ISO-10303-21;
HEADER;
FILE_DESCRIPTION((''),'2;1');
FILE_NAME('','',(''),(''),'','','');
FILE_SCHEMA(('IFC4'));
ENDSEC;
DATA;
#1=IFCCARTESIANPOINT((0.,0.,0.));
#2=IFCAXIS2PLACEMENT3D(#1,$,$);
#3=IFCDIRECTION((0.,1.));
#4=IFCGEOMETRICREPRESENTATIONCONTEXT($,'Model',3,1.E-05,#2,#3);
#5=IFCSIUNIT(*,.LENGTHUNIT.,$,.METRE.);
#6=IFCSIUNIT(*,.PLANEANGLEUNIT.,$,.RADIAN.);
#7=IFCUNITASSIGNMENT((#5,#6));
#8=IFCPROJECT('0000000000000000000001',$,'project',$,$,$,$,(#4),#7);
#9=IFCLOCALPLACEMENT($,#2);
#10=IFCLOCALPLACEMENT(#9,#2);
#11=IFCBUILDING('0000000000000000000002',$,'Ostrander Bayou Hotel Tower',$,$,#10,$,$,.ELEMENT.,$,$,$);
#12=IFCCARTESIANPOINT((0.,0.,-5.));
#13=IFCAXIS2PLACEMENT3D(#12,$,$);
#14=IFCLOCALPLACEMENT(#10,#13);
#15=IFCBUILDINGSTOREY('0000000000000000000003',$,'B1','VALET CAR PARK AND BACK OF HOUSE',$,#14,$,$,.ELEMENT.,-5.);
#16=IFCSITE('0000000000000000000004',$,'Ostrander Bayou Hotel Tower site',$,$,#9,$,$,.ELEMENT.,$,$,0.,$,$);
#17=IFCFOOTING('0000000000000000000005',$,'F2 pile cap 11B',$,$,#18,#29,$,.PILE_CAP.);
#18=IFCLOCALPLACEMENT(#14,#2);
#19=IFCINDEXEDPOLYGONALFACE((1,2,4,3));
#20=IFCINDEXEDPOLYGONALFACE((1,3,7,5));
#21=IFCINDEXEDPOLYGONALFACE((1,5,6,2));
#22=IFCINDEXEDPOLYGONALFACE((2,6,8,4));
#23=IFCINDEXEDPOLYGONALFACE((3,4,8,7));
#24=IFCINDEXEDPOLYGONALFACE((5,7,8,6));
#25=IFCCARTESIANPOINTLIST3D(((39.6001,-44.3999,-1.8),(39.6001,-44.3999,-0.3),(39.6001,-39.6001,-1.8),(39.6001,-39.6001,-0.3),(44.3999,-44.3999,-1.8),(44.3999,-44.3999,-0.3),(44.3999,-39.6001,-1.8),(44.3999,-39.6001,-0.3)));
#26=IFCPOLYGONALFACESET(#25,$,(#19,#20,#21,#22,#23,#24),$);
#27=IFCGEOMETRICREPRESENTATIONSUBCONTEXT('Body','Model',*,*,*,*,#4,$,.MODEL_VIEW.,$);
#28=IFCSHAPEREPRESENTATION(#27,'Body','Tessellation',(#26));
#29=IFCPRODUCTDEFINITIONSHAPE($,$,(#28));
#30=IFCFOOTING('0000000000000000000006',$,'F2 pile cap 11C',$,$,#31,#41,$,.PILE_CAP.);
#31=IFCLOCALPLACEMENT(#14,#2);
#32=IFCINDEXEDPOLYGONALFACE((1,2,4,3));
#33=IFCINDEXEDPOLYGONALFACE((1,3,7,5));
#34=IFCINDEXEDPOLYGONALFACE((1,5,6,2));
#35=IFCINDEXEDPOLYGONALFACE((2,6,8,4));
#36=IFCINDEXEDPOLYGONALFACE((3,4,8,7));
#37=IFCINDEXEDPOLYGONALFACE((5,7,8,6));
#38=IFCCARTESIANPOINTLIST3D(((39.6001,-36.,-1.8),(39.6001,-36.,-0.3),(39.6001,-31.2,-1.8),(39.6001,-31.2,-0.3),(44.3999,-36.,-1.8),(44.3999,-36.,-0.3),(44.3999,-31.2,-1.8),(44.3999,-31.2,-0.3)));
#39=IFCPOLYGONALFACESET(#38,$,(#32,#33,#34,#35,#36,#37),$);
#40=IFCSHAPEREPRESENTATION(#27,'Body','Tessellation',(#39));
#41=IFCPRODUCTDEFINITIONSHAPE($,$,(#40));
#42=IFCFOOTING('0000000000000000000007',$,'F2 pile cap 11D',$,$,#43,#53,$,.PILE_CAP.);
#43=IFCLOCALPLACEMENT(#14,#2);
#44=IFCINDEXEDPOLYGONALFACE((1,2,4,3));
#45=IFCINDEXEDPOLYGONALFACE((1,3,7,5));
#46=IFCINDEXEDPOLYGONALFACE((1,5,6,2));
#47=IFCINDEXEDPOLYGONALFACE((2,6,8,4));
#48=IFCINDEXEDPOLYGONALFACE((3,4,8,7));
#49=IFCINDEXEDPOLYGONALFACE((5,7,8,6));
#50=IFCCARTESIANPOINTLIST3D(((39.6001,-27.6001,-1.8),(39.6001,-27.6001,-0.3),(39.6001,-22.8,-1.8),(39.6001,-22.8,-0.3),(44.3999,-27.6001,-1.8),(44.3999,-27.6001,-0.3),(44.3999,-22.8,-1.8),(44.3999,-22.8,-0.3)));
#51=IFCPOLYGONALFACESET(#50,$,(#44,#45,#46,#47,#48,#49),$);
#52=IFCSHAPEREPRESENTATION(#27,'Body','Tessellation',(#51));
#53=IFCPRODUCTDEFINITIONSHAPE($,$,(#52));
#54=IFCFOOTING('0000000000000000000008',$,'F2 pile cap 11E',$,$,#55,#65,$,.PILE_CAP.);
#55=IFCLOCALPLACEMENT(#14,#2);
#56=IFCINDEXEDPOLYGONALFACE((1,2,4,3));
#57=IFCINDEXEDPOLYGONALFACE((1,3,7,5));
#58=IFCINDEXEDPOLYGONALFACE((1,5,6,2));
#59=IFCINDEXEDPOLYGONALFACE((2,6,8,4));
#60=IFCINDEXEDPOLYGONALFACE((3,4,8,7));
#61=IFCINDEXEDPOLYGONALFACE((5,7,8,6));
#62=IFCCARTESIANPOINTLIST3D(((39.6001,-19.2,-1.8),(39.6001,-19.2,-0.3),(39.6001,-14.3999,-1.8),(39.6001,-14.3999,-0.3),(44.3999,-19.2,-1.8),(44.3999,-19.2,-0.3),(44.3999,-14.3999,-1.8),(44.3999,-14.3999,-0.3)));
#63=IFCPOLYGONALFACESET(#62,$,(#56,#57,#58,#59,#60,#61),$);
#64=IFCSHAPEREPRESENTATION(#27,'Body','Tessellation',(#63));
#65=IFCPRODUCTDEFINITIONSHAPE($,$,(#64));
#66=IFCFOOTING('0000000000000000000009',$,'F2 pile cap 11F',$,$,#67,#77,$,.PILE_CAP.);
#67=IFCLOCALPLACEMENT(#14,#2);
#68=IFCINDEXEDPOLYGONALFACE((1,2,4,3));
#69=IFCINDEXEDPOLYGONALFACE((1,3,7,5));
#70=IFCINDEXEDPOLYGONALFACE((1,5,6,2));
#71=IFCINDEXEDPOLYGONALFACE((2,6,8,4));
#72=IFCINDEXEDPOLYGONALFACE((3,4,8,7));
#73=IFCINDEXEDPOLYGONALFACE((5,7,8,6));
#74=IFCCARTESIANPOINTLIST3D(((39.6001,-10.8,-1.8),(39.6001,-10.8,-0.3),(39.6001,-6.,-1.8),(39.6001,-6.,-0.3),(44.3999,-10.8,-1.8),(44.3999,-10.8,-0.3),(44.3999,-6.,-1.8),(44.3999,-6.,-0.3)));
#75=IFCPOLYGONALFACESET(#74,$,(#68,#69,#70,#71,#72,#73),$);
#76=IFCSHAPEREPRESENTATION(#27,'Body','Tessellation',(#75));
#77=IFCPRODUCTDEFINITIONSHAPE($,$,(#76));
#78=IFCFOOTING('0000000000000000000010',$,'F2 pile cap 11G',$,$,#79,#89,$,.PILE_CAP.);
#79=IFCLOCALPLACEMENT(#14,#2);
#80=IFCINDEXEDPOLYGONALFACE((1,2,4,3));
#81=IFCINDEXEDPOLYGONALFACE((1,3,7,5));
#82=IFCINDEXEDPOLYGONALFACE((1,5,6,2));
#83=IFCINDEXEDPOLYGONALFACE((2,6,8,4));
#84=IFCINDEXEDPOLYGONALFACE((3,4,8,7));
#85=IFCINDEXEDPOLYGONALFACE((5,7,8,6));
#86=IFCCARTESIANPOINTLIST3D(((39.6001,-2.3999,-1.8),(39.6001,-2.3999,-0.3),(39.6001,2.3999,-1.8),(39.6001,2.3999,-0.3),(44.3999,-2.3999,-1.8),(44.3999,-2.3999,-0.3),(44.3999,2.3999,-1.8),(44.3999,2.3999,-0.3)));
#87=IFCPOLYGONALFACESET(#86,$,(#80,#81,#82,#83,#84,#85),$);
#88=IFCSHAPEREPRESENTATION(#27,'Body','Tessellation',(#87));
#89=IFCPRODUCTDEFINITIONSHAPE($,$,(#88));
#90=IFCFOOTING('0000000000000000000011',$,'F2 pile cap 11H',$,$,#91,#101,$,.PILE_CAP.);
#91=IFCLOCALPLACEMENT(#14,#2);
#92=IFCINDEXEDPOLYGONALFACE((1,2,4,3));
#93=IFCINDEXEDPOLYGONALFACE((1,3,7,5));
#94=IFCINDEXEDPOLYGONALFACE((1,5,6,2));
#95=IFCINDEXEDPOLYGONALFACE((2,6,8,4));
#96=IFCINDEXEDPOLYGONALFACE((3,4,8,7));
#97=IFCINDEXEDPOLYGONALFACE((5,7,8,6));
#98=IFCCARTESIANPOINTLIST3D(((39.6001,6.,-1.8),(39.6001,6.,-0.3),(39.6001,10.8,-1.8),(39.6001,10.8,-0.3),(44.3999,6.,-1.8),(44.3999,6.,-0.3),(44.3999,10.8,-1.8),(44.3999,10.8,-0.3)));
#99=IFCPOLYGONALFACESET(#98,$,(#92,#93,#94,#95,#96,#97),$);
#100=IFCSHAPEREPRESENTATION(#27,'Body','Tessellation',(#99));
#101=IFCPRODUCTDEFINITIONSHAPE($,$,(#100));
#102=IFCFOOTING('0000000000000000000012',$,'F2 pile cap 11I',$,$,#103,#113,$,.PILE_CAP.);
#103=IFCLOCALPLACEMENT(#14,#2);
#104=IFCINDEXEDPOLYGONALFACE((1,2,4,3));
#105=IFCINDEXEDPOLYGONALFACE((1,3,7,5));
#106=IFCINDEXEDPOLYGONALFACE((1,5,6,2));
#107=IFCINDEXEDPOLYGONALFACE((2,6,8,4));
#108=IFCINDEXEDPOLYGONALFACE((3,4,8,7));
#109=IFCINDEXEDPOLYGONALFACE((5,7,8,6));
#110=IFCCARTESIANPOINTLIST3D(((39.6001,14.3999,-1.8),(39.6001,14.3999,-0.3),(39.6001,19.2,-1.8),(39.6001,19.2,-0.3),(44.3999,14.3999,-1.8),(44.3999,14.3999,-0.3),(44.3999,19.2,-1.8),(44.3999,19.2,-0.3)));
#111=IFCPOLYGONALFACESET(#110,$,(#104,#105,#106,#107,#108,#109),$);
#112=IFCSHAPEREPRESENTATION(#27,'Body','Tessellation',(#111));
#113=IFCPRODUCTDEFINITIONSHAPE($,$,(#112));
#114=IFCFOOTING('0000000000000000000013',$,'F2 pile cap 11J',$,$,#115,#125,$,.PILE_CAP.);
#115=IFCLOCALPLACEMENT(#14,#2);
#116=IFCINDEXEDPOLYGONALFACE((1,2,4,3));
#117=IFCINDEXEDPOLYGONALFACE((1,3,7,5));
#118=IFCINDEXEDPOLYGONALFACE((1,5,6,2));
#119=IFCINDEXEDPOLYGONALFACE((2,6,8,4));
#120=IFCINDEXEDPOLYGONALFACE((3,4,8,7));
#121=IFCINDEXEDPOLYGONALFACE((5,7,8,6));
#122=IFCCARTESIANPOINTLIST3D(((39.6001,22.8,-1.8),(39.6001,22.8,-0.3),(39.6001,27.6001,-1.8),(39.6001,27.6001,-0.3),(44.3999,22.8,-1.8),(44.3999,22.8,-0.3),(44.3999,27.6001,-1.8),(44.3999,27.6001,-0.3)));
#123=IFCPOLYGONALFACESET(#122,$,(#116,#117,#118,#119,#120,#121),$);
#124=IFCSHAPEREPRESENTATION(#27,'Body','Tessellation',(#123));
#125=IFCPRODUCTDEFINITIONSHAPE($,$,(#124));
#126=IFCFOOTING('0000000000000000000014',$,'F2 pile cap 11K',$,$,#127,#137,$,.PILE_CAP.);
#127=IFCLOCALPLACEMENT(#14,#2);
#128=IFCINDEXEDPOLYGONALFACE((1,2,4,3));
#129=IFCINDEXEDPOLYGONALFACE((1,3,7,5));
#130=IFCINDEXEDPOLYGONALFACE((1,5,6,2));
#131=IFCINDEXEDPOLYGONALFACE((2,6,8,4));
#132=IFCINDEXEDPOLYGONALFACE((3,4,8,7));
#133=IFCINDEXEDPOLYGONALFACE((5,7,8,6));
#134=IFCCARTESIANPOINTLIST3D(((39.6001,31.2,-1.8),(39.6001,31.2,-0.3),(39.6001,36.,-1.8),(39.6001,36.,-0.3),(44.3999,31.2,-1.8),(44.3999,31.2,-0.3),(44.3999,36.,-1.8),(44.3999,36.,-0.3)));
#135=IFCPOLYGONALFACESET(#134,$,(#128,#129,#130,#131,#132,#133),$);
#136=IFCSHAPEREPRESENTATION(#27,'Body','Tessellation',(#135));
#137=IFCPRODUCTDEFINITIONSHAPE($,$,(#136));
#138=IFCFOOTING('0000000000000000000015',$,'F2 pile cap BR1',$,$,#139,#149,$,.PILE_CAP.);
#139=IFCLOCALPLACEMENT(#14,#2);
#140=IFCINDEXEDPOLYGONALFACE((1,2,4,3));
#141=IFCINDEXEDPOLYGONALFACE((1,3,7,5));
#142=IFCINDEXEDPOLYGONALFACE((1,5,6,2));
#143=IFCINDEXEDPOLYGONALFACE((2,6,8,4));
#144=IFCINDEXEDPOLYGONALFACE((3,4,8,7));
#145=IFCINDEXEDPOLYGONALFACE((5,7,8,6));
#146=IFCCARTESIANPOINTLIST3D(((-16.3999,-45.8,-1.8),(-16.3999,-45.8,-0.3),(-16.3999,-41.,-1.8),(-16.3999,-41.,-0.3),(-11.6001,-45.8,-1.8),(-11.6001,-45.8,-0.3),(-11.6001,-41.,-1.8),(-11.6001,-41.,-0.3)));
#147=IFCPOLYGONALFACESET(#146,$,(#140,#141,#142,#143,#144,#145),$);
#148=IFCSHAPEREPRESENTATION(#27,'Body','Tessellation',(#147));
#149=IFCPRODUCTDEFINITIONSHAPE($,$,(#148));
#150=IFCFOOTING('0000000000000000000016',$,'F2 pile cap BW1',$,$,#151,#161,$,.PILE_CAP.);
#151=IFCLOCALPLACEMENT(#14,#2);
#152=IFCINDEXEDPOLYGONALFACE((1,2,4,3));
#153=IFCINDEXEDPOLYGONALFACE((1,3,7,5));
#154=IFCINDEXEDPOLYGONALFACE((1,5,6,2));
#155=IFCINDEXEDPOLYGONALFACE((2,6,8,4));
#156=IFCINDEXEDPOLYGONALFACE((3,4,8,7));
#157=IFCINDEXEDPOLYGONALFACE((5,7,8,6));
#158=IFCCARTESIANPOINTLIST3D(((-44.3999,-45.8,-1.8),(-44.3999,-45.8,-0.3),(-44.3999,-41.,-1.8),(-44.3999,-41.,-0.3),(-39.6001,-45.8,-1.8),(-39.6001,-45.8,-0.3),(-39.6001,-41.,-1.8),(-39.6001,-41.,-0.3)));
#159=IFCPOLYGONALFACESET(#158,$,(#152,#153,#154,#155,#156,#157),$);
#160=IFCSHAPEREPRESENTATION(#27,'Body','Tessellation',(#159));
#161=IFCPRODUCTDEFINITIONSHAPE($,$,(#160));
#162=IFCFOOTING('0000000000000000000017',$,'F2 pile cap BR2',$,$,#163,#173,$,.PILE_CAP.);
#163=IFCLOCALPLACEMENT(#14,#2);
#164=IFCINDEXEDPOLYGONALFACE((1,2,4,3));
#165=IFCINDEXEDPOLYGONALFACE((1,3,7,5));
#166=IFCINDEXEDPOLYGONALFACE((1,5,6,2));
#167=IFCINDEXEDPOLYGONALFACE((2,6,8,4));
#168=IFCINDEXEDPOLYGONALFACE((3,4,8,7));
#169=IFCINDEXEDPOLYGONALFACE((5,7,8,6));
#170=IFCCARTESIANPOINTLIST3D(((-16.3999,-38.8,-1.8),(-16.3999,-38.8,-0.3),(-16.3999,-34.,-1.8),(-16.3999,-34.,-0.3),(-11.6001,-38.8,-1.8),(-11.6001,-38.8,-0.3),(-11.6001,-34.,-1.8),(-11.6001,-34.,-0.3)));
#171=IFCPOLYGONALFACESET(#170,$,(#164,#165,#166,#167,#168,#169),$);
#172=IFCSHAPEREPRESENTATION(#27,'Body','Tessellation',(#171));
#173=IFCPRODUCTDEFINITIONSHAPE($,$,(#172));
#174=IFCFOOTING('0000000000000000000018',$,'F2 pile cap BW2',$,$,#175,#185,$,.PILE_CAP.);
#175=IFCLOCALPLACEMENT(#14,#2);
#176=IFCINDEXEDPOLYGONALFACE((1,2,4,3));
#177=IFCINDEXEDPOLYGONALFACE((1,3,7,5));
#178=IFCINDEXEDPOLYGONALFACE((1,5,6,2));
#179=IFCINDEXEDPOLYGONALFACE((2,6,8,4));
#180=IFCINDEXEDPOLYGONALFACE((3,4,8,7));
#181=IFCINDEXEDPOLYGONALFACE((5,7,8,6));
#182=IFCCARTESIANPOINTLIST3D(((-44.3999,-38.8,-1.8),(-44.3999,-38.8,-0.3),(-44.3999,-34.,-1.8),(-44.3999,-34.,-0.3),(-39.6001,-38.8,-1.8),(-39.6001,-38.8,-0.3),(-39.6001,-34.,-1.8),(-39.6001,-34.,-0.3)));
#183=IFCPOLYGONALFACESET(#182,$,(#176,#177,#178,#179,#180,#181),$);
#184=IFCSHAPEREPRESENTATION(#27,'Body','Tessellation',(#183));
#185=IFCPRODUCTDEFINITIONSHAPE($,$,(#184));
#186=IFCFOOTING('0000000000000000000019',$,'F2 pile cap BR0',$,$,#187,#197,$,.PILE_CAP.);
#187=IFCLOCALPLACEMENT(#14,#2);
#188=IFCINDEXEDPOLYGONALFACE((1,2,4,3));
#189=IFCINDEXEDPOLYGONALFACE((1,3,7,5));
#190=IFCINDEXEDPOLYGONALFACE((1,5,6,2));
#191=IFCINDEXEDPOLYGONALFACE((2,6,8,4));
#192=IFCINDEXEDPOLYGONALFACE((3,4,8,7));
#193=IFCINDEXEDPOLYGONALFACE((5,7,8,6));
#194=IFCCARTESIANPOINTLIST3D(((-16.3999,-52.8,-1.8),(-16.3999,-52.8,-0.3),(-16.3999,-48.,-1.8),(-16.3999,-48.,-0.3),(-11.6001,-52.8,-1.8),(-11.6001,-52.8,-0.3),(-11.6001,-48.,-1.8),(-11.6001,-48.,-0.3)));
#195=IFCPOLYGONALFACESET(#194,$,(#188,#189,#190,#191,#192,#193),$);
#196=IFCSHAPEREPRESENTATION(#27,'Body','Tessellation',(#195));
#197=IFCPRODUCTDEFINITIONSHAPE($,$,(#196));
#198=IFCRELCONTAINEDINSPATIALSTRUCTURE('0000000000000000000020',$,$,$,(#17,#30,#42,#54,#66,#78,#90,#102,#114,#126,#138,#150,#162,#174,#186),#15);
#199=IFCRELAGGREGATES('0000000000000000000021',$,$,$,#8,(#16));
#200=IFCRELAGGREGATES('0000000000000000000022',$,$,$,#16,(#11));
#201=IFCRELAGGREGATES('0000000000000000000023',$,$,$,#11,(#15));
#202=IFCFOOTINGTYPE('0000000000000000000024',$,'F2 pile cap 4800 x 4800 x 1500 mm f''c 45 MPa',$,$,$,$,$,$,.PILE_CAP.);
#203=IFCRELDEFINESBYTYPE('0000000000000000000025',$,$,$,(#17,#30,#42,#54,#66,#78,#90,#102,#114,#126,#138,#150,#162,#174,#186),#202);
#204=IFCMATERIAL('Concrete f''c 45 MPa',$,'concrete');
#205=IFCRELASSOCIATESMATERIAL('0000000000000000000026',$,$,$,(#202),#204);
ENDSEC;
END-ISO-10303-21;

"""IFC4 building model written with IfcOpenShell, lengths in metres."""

from ifc_helpers import new_model, si_unit, direction, frame, origin, place, context, subcontext, project, spatial, polyline, outline, extrude, material, type_object, element, save


model = new_model("IFC4")

# Units and contexts
model_context = context("Model", 3, precision=1e-05, world=origin(), true_north=direction((0.0, 1.0)))
body_context = subcontext(model_context, "Body", "Model", "MODEL_VIEW")
ifc_project = project(units=[si_unit("LENGTHUNIT", "METRE"), si_unit("PLANEANGLEUNIT", "RADIAN")], contexts=[model_context])

# Site, building, storey
site_placement = place(None, origin())
site = spatial("IfcSite", under=ifc_project, at=site_placement, Name="Ostrander Bayou Hotel Tower site", CompositionType="ELEMENT", RefElevation=0.0)
building_placement = place(site_placement, origin())
building = spatial("IfcBuilding", under=site, at=building_placement, Name="Ostrander Bayou Hotel Tower", CompositionType="ELEMENT")
storey_placement = place(building_placement, frame((0.0, 0.0, -5.0)))
storey = spatial("IfcBuildingStorey", under=building, at=storey_placement, Name="B1", Description="VALET CAR PARK AND BACK OF HOUSE", CompositionType="ELEMENT", Elevation=-5.0)

# Footings
ifc_material_1 = material(Name="Concrete f'c 45 MPa", Category="concrete")
footing_type_1 = type_object("IfcFootingType", Name="F2 pile cap 4800 x 4800 x 1500 mm f'c 45 MPa", PredefinedType="PILE_CAP", material=ifc_material_1)
footing_1_placement = place(storey_placement, frame((0.0, 0.0, -1.8)))
element("IfcFooting", 1, at=footing_1_placement, inside=storey, type_object=footing_type_1, Name="F2 pile cap 11B", PredefinedType="PILE_CAP", context=body_context, shape_type="SweptSolid", body=[
    extrude(outline(polyline([(44.3999, -44.3999), (44.3999, -39.6001), (39.6001, -39.6001), (39.6001, -44.3999), (44.3999, -44.3999)])), origin(), (0.0, 0.0, 1.0), 1.5),
])
footing_2_placement = place(storey_placement, frame((0.0, 0.0, -1.8)))
element("IfcFooting", 2, at=footing_2_placement, inside=storey, type_object=footing_type_1, Name="F2 pile cap 11C", PredefinedType="PILE_CAP", context=body_context, shape_type="SweptSolid", body=[
    extrude(outline(polyline([(44.3999, -36.0), (44.3999, -31.2), (39.6001, -31.2), (39.6001, -36.0), (44.3999, -36.0)])), origin(), (0.0, 0.0, 1.0), 1.5),
])
footing_3_placement = place(storey_placement, frame((0.0, 0.0, -1.8)))
element("IfcFooting", 3, at=footing_3_placement, inside=storey, type_object=footing_type_1, Name="F2 pile cap 11D", PredefinedType="PILE_CAP", context=body_context, shape_type="SweptSolid", body=[
    extrude(outline(polyline([(44.3999, -27.6001), (44.3999, -22.8), (39.6001, -22.8), (39.6001, -27.6001), (44.3999, -27.6001)])), origin(), (0.0, 0.0, 1.0), 1.5),
])
footing_4_placement = place(storey_placement, frame((0.0, 0.0, -1.8)))
element("IfcFooting", 4, at=footing_4_placement, inside=storey, type_object=footing_type_1, Name="F2 pile cap 11E", PredefinedType="PILE_CAP", context=body_context, shape_type="SweptSolid", body=[
    extrude(outline(polyline([(44.3999, -19.2), (44.3999, -14.3999), (39.6001, -14.3999), (39.6001, -19.2), (44.3999, -19.2)])), origin(), (0.0, 0.0, 1.0), 1.5),
])
footing_5_placement = place(storey_placement, frame((0.0, 0.0, -1.8)))
element("IfcFooting", 5, at=footing_5_placement, inside=storey, type_object=footing_type_1, Name="F2 pile cap 11F", PredefinedType="PILE_CAP", context=body_context, shape_type="SweptSolid", body=[
    extrude(outline(polyline([(44.3999, -10.8), (44.3999, -6.0), (39.6001, -6.0), (39.6001, -10.8), (44.3999, -10.8)])), origin(), (0.0, 0.0, 1.0), 1.5),
])
footing_6_placement = place(storey_placement, frame((0.0, 0.0, -1.8)))
element("IfcFooting", 6, at=footing_6_placement, inside=storey, type_object=footing_type_1, Name="F2 pile cap 11G", PredefinedType="PILE_CAP", context=body_context, shape_type="SweptSolid", body=[
    extrude(outline(polyline([(44.3999, -2.3999), (44.3999, 2.3999), (39.6001, 2.3999), (39.6001, -2.3999), (44.3999, -2.3999)])), origin(), (0.0, 0.0, 1.0), 1.5),
])
footing_7_placement = place(storey_placement, frame((0.0, 0.0, -1.8)))
element("IfcFooting", 7, at=footing_7_placement, inside=storey, type_object=footing_type_1, Name="F2 pile cap 11H", PredefinedType="PILE_CAP", context=body_context, shape_type="SweptSolid", body=[
    extrude(outline(polyline([(44.3999, 6.0), (44.3999, 10.8), (39.6001, 10.8), (39.6001, 6.0), (44.3999, 6.0)])), origin(), (0.0, 0.0, 1.0), 1.5),
])
footing_8_placement = place(storey_placement, frame((0.0, 0.0, -1.8)))
element("IfcFooting", 8, at=footing_8_placement, inside=storey, type_object=footing_type_1, Name="F2 pile cap 11I", PredefinedType="PILE_CAP", context=body_context, shape_type="SweptSolid", body=[
    extrude(outline(polyline([(44.3999, 14.3999), (44.3999, 19.2), (39.6001, 19.2), (39.6001, 14.3999), (44.3999, 14.3999)])), origin(), (0.0, 0.0, 1.0), 1.5),
])
footing_9_placement = place(storey_placement, frame((0.0, 0.0, -1.8)))
element("IfcFooting", 9, at=footing_9_placement, inside=storey, type_object=footing_type_1, Name="F2 pile cap 11J", PredefinedType="PILE_CAP", context=body_context, shape_type="SweptSolid", body=[
    extrude(outline(polyline([(44.3999, 22.8), (44.3999, 27.6001), (39.6001, 27.6001), (39.6001, 22.8), (44.3999, 22.8)])), origin(), (0.0, 0.0, 1.0), 1.5),
])
footing_10_placement = place(storey_placement, frame((0.0, 0.0, -1.8)))
element("IfcFooting", 10, at=footing_10_placement, inside=storey, type_object=footing_type_1, Name="F2 pile cap 11K", PredefinedType="PILE_CAP", context=body_context, shape_type="SweptSolid", body=[
    extrude(outline(polyline([(44.3999, 31.2), (44.3999, 36.0), (39.6001, 36.0), (39.6001, 31.2), (44.3999, 31.2)])), origin(), (0.0, 0.0, 1.0), 1.5),
])
footing_11_placement = place(storey_placement, frame((0.0, 0.0, -1.8)))
element("IfcFooting", 11, at=footing_11_placement, inside=storey, type_object=footing_type_1, Name="F2 pile cap BR1", PredefinedType="PILE_CAP", context=body_context, shape_type="SweptSolid", body=[
    extrude(outline(polyline([(-11.6001, -45.8), (-11.6001, -41.0), (-16.3999, -41.0), (-16.3999, -45.8), (-11.6001, -45.8)])), origin(), (0.0, 0.0, 1.0), 1.5),
])
footing_12_placement = place(storey_placement, frame((0.0, 0.0, -1.8)))
element("IfcFooting", 12, at=footing_12_placement, inside=storey, type_object=footing_type_1, Name="F2 pile cap BW1", PredefinedType="PILE_CAP", context=body_context, shape_type="SweptSolid", body=[
    extrude(outline(polyline([(-39.6001, -45.8), (-39.6001, -41.0), (-44.3999, -41.0), (-44.3999, -45.8), (-39.6001, -45.8)])), origin(), (0.0, 0.0, 1.0), 1.5),
])
footing_13_placement = place(storey_placement, frame((0.0, 0.0, -1.8)))
element("IfcFooting", 13, at=footing_13_placement, inside=storey, type_object=footing_type_1, Name="F2 pile cap BR2", PredefinedType="PILE_CAP", context=body_context, shape_type="SweptSolid", body=[
    extrude(outline(polyline([(-11.6001, -38.8), (-11.6001, -34.0), (-16.3999, -34.0), (-16.3999, -38.8), (-11.6001, -38.8)])), origin(), (0.0, 0.0, 1.0), 1.5),
])
footing_14_placement = place(storey_placement, frame((0.0, 0.0, -1.8)))
element("IfcFooting", 14, at=footing_14_placement, inside=storey, type_object=footing_type_1, Name="F2 pile cap BW2", PredefinedType="PILE_CAP", context=body_context, shape_type="SweptSolid", body=[
    extrude(outline(polyline([(-39.6001, -38.8), (-39.6001, -34.0), (-44.3999, -34.0), (-44.3999, -38.8), (-39.6001, -38.8)])), origin(), (0.0, 0.0, 1.0), 1.5),
])
footing_15_placement = place(storey_placement, frame((0.0, 0.0, -1.8)))
element("IfcFooting", 15, at=footing_15_placement, inside=storey, type_object=footing_type_1, Name="F2 pile cap BR0", PredefinedType="PILE_CAP", context=body_context, shape_type="SweptSolid", body=[
    extrude(outline(polyline([(-11.6001, -52.8), (-11.6001, -48.0), (-16.3999, -48.0), (-16.3999, -52.8), (-11.6001, -52.8)])), origin(), (0.0, 0.0, 1.0), 1.5),
])

save(model, "model.ifc")
